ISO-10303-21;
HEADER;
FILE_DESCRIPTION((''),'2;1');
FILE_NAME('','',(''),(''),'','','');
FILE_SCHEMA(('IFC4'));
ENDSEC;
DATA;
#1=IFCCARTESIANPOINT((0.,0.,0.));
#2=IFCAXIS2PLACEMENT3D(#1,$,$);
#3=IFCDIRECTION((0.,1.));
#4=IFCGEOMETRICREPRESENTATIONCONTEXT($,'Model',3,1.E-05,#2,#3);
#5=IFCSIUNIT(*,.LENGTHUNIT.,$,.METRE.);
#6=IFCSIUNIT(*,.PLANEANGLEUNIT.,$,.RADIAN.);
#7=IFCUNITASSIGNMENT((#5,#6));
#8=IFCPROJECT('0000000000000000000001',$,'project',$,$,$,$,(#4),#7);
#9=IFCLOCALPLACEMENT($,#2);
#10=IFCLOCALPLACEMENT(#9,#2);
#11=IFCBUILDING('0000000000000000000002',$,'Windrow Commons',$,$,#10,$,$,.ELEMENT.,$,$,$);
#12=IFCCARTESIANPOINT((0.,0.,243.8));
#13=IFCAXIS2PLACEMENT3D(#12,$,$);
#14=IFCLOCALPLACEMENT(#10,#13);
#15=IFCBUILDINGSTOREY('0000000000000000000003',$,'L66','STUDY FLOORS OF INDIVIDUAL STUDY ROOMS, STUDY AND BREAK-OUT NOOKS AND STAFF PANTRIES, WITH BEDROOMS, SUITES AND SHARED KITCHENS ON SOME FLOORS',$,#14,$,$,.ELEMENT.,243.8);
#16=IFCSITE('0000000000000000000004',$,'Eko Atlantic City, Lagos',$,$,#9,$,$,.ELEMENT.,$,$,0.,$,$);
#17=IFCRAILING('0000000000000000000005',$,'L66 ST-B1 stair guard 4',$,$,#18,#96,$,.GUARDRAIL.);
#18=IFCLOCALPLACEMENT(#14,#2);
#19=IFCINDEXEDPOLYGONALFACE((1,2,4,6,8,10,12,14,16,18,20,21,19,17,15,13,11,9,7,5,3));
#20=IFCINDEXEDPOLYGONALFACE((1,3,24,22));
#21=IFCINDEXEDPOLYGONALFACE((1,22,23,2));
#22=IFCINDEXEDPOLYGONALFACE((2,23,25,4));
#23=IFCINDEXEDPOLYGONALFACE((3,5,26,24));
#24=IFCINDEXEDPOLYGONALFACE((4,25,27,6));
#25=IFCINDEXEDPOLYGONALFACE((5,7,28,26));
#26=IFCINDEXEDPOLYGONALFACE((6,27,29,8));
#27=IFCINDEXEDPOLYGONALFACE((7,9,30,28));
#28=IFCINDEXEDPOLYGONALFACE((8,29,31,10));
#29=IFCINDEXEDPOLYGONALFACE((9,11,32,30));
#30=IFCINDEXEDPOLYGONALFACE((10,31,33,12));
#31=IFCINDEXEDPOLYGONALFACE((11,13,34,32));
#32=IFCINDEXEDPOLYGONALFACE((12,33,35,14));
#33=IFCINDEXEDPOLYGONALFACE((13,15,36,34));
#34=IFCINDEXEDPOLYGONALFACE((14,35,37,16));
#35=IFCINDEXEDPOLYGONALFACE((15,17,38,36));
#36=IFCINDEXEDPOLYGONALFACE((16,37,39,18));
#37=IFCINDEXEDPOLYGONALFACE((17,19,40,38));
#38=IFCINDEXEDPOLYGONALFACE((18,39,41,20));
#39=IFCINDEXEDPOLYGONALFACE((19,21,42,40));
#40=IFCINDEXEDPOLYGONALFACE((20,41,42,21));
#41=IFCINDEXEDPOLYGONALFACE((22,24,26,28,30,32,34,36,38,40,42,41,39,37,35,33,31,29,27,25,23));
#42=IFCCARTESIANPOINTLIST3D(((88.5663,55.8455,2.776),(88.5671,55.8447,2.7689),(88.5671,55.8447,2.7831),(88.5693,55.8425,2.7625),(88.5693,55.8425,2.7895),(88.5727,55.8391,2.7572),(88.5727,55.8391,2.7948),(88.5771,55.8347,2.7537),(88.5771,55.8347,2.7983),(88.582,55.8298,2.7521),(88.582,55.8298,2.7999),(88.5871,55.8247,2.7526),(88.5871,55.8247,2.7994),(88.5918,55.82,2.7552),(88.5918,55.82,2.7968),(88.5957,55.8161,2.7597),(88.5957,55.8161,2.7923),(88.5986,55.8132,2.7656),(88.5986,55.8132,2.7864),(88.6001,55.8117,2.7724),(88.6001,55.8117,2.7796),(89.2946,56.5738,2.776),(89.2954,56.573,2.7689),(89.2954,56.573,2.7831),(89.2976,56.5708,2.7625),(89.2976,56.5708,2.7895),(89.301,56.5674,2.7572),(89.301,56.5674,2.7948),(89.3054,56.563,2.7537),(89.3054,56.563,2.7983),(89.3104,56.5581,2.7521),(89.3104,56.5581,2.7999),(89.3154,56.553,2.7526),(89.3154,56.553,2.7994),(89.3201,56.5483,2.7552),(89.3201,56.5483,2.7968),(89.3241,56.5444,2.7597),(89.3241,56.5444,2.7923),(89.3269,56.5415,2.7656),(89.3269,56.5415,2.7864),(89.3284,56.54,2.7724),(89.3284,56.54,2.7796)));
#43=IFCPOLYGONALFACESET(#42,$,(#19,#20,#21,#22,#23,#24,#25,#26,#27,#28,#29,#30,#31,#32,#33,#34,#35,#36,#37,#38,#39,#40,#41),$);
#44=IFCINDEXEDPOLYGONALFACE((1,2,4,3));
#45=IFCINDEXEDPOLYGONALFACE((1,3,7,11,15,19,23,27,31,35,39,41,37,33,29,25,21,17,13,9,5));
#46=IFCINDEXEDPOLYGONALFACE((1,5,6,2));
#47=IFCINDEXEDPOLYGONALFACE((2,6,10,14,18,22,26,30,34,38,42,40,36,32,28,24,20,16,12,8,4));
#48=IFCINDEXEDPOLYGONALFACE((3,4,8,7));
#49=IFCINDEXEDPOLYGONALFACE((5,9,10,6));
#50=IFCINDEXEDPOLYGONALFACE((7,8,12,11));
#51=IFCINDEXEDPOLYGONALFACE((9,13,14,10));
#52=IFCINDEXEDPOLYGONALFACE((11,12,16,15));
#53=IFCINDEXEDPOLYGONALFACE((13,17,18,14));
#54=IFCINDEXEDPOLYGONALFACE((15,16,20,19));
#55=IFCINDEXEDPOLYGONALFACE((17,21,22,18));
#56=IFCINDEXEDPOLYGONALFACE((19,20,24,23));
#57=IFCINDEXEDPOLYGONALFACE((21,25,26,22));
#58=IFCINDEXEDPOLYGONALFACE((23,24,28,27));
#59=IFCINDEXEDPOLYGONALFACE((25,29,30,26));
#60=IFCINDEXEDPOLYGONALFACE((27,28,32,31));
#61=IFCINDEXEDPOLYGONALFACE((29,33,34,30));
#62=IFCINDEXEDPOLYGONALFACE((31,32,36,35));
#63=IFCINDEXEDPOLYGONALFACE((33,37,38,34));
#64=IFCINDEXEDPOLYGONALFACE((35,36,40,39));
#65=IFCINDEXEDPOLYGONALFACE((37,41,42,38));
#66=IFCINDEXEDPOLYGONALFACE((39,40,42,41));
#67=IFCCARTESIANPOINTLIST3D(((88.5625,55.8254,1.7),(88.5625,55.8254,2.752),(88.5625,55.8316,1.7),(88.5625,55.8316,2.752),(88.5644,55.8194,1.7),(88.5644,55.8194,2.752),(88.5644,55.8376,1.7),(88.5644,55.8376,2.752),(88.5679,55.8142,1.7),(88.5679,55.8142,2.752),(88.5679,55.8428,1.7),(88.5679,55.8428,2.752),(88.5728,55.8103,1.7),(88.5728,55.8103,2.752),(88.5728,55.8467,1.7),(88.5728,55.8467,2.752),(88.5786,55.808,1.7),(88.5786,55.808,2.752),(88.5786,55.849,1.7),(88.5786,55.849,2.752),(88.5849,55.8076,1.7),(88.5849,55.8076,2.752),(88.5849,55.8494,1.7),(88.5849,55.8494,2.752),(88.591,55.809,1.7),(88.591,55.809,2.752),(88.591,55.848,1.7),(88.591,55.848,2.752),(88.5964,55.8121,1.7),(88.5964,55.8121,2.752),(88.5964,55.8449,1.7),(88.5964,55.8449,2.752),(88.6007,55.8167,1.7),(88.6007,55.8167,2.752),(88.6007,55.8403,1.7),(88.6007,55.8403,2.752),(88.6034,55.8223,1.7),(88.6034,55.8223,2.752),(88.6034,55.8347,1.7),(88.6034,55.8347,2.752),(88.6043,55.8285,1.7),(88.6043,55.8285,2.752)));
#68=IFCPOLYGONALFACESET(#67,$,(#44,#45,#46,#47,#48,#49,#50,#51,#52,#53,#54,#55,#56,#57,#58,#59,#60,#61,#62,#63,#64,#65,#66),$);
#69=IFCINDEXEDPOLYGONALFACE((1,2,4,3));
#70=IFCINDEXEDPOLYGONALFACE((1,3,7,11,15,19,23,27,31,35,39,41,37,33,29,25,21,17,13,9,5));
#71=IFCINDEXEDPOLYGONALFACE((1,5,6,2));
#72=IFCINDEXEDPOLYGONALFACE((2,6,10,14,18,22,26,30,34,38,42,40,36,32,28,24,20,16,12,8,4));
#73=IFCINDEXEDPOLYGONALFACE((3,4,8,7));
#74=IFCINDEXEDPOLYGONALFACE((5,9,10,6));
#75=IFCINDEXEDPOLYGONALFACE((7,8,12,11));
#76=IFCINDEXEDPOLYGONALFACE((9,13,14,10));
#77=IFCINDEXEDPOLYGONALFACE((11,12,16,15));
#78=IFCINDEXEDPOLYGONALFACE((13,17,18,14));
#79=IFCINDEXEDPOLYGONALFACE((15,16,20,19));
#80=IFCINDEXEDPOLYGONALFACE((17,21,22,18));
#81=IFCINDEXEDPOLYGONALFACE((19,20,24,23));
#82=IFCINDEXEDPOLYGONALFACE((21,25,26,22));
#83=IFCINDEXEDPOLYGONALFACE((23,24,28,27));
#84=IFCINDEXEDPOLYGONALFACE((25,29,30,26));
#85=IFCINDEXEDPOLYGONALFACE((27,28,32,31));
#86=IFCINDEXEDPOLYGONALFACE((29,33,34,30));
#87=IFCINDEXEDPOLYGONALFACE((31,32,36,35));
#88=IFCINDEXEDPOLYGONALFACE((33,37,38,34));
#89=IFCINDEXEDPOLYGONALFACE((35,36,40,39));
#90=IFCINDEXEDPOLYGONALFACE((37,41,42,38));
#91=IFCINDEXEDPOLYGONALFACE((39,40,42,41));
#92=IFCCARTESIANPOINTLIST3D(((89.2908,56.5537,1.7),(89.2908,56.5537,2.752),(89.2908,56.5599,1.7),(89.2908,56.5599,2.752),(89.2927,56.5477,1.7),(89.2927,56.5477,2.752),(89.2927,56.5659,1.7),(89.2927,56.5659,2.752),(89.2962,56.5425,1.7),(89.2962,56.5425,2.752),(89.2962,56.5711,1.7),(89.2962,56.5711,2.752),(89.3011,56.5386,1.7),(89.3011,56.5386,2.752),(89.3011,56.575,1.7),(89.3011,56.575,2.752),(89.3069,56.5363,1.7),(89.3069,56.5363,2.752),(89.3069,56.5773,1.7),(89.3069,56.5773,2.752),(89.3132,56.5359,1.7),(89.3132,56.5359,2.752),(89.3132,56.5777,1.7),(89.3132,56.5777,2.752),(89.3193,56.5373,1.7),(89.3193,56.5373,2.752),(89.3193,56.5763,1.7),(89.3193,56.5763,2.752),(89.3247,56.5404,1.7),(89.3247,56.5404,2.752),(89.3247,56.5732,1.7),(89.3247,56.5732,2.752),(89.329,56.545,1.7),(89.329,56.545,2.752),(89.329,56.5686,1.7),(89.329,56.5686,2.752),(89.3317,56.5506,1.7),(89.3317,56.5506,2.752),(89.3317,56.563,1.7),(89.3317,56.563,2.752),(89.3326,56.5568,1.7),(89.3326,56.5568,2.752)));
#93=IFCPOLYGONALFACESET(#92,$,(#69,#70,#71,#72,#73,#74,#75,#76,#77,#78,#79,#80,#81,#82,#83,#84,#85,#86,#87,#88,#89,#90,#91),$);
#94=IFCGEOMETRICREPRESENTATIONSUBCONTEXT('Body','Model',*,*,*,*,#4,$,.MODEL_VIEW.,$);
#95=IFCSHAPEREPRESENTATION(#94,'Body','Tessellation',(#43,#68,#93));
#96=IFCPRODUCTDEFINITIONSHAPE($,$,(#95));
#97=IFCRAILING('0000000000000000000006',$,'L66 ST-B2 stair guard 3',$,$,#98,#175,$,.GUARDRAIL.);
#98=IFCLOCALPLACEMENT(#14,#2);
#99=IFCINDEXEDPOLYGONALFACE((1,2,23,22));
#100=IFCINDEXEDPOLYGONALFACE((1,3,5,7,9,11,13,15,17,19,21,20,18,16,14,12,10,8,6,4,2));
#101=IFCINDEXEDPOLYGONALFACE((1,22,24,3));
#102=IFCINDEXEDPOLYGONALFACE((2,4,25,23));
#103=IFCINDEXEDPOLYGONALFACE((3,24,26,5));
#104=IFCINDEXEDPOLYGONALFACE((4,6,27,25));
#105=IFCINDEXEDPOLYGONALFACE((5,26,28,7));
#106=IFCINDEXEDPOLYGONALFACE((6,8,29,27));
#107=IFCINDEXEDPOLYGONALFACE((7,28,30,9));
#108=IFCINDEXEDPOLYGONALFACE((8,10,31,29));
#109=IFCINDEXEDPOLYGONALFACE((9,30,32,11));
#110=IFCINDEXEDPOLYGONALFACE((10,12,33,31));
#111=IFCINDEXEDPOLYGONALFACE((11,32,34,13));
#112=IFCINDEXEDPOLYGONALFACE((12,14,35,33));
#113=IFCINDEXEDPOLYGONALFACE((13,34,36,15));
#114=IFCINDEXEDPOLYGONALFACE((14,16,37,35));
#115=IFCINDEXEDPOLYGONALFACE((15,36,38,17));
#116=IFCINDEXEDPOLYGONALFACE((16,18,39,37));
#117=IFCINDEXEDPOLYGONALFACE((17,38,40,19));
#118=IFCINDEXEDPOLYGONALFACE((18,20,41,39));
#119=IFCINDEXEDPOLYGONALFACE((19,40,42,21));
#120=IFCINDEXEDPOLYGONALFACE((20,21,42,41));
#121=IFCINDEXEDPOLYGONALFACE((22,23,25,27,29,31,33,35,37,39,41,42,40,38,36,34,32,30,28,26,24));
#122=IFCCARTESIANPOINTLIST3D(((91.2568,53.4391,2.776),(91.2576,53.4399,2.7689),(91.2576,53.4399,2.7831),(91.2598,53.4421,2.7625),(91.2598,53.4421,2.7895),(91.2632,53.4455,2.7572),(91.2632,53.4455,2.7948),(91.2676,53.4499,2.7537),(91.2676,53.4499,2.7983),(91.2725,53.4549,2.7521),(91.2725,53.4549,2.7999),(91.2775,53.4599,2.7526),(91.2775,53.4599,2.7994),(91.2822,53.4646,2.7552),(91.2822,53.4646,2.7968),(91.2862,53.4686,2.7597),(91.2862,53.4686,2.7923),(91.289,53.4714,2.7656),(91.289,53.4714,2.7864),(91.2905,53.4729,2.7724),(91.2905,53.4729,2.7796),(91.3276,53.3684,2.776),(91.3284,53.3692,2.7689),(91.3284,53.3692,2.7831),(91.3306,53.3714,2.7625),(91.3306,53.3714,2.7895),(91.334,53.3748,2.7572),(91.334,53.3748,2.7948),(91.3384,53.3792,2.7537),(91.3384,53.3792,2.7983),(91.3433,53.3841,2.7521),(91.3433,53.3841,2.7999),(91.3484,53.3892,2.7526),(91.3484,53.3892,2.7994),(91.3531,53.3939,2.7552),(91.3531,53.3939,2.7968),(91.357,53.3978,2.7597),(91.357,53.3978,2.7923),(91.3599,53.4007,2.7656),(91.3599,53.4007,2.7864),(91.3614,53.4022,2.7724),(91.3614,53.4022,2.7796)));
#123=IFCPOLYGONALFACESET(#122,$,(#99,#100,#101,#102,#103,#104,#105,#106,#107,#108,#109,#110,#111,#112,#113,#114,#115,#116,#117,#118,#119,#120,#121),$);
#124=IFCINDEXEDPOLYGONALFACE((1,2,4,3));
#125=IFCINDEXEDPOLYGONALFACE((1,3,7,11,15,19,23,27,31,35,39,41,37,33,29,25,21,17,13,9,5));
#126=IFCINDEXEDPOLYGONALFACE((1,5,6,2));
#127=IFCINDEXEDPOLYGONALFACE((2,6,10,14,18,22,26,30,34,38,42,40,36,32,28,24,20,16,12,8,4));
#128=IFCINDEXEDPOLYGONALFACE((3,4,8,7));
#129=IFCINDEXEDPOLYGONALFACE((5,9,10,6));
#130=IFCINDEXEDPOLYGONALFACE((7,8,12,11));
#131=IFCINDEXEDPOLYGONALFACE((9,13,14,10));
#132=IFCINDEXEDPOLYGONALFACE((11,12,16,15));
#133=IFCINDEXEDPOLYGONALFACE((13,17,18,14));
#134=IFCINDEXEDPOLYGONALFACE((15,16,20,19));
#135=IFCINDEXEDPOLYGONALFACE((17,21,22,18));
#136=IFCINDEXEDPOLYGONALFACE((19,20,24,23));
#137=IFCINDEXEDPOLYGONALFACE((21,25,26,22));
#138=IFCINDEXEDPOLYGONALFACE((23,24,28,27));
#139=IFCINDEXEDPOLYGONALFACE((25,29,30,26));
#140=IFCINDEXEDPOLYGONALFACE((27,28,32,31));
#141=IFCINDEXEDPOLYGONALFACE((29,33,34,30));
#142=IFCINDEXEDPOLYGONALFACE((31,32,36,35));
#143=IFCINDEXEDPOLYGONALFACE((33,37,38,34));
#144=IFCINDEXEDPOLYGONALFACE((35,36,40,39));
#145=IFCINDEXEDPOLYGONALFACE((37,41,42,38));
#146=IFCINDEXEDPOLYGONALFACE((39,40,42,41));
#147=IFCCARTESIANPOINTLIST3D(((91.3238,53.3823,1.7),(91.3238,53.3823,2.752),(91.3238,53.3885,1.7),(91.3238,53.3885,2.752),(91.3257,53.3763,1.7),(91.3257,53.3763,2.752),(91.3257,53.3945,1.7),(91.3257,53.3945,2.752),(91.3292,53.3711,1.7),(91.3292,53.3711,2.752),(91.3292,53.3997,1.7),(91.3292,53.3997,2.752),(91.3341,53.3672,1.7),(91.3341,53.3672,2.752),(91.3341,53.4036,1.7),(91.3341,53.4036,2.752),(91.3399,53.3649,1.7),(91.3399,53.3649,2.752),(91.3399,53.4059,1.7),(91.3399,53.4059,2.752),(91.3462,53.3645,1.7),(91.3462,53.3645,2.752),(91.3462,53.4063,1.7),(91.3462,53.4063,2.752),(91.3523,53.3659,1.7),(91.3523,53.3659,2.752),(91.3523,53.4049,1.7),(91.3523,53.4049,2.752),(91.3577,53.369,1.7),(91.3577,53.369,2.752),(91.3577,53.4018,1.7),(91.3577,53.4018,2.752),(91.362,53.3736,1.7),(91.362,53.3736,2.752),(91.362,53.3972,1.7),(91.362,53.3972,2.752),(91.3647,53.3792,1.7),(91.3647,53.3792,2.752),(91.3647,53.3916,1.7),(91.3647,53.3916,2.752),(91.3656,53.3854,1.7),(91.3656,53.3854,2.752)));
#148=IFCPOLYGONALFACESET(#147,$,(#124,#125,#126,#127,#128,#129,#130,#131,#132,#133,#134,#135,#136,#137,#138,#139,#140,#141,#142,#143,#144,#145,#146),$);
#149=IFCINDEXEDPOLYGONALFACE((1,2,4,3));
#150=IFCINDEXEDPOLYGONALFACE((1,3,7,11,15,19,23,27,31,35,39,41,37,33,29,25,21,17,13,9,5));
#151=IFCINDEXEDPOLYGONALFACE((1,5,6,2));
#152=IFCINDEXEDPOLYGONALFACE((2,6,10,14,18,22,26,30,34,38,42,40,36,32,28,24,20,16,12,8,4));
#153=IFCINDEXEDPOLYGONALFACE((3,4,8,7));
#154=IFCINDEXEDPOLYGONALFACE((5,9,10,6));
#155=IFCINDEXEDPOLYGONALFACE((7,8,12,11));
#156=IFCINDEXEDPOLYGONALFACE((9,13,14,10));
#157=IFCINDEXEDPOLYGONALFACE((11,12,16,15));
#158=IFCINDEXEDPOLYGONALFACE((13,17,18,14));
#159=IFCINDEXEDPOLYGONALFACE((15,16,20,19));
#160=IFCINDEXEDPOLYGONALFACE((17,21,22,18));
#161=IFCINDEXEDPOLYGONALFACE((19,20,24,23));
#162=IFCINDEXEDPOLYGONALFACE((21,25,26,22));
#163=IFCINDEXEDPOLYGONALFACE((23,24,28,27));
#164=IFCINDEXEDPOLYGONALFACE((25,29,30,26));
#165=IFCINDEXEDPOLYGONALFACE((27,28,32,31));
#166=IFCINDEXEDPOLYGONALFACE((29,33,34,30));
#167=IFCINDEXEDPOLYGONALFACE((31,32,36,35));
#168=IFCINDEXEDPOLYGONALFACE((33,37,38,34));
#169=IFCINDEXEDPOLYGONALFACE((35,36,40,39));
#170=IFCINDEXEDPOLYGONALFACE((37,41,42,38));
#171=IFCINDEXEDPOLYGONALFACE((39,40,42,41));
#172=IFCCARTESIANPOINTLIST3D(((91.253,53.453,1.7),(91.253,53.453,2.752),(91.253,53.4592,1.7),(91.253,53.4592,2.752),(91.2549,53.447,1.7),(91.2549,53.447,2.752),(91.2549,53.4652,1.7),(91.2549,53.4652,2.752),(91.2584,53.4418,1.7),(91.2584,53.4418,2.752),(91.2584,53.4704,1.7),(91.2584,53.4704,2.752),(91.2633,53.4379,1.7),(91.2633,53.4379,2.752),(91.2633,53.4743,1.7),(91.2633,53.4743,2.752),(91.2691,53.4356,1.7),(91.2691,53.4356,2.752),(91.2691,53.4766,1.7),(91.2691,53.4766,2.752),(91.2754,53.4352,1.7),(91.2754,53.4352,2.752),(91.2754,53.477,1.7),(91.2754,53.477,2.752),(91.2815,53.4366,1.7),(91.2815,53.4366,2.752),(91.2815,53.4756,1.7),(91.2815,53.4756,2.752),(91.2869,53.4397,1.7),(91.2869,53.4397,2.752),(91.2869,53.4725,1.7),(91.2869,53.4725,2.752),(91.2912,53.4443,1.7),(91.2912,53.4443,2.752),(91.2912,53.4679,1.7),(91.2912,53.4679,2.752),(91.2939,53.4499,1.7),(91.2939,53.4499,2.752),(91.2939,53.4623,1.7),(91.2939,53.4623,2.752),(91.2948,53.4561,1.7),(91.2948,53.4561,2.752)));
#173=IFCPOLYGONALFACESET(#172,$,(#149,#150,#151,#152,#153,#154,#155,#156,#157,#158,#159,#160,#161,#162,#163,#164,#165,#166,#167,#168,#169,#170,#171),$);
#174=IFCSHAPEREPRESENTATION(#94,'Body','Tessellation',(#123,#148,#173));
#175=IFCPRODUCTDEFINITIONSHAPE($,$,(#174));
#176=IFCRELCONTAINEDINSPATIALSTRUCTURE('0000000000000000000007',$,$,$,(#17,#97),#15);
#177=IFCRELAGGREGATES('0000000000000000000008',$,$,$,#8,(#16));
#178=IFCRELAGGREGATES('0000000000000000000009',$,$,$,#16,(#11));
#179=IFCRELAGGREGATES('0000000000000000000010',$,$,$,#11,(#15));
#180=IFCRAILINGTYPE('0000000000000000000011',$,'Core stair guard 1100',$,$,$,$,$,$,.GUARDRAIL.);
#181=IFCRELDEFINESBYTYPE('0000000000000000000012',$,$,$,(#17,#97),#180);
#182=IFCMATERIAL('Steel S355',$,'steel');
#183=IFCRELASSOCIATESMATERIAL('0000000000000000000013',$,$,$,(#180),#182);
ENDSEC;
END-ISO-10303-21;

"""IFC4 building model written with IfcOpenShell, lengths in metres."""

from ifc_helpers import new_model, si_unit, direction, frame, origin, origin_2d, place, context, subcontext, project, spatial, circle, extrude, material, type_object, element, save


model = new_model("IFC4")

# Units and contexts
model_context = context("Model", 3, precision=1e-05, world=origin(), true_north=direction((0.0, 1.0)))
body_context = subcontext(model_context, "Body", "Model", "MODEL_VIEW")
ifc_project = project(units=[si_unit("LENGTHUNIT", "METRE"), si_unit("PLANEANGLEUNIT", "RADIAN")], contexts=[model_context])

# Site, building, storey
site_placement = place(None, origin())
site = spatial("IfcSite", under=ifc_project, at=site_placement, Name="Eko Atlantic City, Lagos", CompositionType="ELEMENT", RefElevation=0.0)
building_placement = place(site_placement, origin())
building = spatial("IfcBuilding", under=site, at=building_placement, Name="Windrow Commons", CompositionType="ELEMENT")
storey_placement = place(building_placement, frame((0.0, 0.0, 243.8)))
storey = spatial("IfcBuildingStorey", under=building, at=storey_placement, Name="L66", Description="STUDY FLOORS OF INDIVIDUAL STUDY ROOMS, STUDY AND BREAK-OUT NOOKS AND STAFF PANTRIES, WITH BEDROOMS, SUITES AND SHARED KITCHENS ON SOME FLOORS", CompositionType="ELEMENT", Elevation=243.8)

# Railings
ifc_material_1 = material(Name="Steel S355", Category="steel")
railing_type_1 = type_object("IfcRailingType", Name="Core stair guard 1100", PredefinedType="GUARDRAIL", material=ifc_material_1)
railing_1_placement = place(storey_placement, frame((88.5833, 55.8285, 1.7)))
element("IfcRailing", 1, at=railing_1_placement, inside=storey, type_object=railing_type_1, Name="L66 ST-B1 stair guard 4", PredefinedType="GUARDRAIL", context=body_context, shape_type="SweptSolid", body=[
    extrude(circle(Radius=0.024, at=origin_2d()), frame((0.0, 0.0, 1.076), z_axis=(0.707107, 0.707107, 0.0), x_axis=(-0.707107, 0.707107, 0.0)), (0.0, 0.0, 1.0), 1.03),
    extrude(circle(Radius=0.021, at=origin_2d()), origin(), (0.0, 0.0, 1.0), 1.052),
    extrude(circle(Radius=0.021, at=origin_2d()), frame((0.7283, 0.7283, 0.0)), (0.0, 0.0, 1.0), 1.052),
])
railing_2_placement = place(storey_placement, frame((91.3446, 53.3854, 1.7)))
element("IfcRailing", 2, at=railing_2_placement, inside=storey, type_object=railing_type_1, Name="L66 ST-B2 stair guard 3", PredefinedType="GUARDRAIL", context=body_context, shape_type="SweptSolid", body=[
    extrude(circle(Radius=0.024, at=origin_2d()), frame((0.0, 0.0, 1.076), z_axis=(-0.707606, 0.706607, 0.0), x_axis=(-0.706607, -0.707606, 0.0)), (0.0, 0.0, 1.0), 0.1001),
    extrude(circle(Radius=0.021, at=origin_2d()), origin(), (0.0, 0.0, 1.0), 1.052),
    extrude(circle(Radius=0.021, at=origin_2d()), frame((-0.0708, 0.0707, 0.0)), (0.0, 0.0, 1.0), 1.052),
])

save(model, "model.ifc")
